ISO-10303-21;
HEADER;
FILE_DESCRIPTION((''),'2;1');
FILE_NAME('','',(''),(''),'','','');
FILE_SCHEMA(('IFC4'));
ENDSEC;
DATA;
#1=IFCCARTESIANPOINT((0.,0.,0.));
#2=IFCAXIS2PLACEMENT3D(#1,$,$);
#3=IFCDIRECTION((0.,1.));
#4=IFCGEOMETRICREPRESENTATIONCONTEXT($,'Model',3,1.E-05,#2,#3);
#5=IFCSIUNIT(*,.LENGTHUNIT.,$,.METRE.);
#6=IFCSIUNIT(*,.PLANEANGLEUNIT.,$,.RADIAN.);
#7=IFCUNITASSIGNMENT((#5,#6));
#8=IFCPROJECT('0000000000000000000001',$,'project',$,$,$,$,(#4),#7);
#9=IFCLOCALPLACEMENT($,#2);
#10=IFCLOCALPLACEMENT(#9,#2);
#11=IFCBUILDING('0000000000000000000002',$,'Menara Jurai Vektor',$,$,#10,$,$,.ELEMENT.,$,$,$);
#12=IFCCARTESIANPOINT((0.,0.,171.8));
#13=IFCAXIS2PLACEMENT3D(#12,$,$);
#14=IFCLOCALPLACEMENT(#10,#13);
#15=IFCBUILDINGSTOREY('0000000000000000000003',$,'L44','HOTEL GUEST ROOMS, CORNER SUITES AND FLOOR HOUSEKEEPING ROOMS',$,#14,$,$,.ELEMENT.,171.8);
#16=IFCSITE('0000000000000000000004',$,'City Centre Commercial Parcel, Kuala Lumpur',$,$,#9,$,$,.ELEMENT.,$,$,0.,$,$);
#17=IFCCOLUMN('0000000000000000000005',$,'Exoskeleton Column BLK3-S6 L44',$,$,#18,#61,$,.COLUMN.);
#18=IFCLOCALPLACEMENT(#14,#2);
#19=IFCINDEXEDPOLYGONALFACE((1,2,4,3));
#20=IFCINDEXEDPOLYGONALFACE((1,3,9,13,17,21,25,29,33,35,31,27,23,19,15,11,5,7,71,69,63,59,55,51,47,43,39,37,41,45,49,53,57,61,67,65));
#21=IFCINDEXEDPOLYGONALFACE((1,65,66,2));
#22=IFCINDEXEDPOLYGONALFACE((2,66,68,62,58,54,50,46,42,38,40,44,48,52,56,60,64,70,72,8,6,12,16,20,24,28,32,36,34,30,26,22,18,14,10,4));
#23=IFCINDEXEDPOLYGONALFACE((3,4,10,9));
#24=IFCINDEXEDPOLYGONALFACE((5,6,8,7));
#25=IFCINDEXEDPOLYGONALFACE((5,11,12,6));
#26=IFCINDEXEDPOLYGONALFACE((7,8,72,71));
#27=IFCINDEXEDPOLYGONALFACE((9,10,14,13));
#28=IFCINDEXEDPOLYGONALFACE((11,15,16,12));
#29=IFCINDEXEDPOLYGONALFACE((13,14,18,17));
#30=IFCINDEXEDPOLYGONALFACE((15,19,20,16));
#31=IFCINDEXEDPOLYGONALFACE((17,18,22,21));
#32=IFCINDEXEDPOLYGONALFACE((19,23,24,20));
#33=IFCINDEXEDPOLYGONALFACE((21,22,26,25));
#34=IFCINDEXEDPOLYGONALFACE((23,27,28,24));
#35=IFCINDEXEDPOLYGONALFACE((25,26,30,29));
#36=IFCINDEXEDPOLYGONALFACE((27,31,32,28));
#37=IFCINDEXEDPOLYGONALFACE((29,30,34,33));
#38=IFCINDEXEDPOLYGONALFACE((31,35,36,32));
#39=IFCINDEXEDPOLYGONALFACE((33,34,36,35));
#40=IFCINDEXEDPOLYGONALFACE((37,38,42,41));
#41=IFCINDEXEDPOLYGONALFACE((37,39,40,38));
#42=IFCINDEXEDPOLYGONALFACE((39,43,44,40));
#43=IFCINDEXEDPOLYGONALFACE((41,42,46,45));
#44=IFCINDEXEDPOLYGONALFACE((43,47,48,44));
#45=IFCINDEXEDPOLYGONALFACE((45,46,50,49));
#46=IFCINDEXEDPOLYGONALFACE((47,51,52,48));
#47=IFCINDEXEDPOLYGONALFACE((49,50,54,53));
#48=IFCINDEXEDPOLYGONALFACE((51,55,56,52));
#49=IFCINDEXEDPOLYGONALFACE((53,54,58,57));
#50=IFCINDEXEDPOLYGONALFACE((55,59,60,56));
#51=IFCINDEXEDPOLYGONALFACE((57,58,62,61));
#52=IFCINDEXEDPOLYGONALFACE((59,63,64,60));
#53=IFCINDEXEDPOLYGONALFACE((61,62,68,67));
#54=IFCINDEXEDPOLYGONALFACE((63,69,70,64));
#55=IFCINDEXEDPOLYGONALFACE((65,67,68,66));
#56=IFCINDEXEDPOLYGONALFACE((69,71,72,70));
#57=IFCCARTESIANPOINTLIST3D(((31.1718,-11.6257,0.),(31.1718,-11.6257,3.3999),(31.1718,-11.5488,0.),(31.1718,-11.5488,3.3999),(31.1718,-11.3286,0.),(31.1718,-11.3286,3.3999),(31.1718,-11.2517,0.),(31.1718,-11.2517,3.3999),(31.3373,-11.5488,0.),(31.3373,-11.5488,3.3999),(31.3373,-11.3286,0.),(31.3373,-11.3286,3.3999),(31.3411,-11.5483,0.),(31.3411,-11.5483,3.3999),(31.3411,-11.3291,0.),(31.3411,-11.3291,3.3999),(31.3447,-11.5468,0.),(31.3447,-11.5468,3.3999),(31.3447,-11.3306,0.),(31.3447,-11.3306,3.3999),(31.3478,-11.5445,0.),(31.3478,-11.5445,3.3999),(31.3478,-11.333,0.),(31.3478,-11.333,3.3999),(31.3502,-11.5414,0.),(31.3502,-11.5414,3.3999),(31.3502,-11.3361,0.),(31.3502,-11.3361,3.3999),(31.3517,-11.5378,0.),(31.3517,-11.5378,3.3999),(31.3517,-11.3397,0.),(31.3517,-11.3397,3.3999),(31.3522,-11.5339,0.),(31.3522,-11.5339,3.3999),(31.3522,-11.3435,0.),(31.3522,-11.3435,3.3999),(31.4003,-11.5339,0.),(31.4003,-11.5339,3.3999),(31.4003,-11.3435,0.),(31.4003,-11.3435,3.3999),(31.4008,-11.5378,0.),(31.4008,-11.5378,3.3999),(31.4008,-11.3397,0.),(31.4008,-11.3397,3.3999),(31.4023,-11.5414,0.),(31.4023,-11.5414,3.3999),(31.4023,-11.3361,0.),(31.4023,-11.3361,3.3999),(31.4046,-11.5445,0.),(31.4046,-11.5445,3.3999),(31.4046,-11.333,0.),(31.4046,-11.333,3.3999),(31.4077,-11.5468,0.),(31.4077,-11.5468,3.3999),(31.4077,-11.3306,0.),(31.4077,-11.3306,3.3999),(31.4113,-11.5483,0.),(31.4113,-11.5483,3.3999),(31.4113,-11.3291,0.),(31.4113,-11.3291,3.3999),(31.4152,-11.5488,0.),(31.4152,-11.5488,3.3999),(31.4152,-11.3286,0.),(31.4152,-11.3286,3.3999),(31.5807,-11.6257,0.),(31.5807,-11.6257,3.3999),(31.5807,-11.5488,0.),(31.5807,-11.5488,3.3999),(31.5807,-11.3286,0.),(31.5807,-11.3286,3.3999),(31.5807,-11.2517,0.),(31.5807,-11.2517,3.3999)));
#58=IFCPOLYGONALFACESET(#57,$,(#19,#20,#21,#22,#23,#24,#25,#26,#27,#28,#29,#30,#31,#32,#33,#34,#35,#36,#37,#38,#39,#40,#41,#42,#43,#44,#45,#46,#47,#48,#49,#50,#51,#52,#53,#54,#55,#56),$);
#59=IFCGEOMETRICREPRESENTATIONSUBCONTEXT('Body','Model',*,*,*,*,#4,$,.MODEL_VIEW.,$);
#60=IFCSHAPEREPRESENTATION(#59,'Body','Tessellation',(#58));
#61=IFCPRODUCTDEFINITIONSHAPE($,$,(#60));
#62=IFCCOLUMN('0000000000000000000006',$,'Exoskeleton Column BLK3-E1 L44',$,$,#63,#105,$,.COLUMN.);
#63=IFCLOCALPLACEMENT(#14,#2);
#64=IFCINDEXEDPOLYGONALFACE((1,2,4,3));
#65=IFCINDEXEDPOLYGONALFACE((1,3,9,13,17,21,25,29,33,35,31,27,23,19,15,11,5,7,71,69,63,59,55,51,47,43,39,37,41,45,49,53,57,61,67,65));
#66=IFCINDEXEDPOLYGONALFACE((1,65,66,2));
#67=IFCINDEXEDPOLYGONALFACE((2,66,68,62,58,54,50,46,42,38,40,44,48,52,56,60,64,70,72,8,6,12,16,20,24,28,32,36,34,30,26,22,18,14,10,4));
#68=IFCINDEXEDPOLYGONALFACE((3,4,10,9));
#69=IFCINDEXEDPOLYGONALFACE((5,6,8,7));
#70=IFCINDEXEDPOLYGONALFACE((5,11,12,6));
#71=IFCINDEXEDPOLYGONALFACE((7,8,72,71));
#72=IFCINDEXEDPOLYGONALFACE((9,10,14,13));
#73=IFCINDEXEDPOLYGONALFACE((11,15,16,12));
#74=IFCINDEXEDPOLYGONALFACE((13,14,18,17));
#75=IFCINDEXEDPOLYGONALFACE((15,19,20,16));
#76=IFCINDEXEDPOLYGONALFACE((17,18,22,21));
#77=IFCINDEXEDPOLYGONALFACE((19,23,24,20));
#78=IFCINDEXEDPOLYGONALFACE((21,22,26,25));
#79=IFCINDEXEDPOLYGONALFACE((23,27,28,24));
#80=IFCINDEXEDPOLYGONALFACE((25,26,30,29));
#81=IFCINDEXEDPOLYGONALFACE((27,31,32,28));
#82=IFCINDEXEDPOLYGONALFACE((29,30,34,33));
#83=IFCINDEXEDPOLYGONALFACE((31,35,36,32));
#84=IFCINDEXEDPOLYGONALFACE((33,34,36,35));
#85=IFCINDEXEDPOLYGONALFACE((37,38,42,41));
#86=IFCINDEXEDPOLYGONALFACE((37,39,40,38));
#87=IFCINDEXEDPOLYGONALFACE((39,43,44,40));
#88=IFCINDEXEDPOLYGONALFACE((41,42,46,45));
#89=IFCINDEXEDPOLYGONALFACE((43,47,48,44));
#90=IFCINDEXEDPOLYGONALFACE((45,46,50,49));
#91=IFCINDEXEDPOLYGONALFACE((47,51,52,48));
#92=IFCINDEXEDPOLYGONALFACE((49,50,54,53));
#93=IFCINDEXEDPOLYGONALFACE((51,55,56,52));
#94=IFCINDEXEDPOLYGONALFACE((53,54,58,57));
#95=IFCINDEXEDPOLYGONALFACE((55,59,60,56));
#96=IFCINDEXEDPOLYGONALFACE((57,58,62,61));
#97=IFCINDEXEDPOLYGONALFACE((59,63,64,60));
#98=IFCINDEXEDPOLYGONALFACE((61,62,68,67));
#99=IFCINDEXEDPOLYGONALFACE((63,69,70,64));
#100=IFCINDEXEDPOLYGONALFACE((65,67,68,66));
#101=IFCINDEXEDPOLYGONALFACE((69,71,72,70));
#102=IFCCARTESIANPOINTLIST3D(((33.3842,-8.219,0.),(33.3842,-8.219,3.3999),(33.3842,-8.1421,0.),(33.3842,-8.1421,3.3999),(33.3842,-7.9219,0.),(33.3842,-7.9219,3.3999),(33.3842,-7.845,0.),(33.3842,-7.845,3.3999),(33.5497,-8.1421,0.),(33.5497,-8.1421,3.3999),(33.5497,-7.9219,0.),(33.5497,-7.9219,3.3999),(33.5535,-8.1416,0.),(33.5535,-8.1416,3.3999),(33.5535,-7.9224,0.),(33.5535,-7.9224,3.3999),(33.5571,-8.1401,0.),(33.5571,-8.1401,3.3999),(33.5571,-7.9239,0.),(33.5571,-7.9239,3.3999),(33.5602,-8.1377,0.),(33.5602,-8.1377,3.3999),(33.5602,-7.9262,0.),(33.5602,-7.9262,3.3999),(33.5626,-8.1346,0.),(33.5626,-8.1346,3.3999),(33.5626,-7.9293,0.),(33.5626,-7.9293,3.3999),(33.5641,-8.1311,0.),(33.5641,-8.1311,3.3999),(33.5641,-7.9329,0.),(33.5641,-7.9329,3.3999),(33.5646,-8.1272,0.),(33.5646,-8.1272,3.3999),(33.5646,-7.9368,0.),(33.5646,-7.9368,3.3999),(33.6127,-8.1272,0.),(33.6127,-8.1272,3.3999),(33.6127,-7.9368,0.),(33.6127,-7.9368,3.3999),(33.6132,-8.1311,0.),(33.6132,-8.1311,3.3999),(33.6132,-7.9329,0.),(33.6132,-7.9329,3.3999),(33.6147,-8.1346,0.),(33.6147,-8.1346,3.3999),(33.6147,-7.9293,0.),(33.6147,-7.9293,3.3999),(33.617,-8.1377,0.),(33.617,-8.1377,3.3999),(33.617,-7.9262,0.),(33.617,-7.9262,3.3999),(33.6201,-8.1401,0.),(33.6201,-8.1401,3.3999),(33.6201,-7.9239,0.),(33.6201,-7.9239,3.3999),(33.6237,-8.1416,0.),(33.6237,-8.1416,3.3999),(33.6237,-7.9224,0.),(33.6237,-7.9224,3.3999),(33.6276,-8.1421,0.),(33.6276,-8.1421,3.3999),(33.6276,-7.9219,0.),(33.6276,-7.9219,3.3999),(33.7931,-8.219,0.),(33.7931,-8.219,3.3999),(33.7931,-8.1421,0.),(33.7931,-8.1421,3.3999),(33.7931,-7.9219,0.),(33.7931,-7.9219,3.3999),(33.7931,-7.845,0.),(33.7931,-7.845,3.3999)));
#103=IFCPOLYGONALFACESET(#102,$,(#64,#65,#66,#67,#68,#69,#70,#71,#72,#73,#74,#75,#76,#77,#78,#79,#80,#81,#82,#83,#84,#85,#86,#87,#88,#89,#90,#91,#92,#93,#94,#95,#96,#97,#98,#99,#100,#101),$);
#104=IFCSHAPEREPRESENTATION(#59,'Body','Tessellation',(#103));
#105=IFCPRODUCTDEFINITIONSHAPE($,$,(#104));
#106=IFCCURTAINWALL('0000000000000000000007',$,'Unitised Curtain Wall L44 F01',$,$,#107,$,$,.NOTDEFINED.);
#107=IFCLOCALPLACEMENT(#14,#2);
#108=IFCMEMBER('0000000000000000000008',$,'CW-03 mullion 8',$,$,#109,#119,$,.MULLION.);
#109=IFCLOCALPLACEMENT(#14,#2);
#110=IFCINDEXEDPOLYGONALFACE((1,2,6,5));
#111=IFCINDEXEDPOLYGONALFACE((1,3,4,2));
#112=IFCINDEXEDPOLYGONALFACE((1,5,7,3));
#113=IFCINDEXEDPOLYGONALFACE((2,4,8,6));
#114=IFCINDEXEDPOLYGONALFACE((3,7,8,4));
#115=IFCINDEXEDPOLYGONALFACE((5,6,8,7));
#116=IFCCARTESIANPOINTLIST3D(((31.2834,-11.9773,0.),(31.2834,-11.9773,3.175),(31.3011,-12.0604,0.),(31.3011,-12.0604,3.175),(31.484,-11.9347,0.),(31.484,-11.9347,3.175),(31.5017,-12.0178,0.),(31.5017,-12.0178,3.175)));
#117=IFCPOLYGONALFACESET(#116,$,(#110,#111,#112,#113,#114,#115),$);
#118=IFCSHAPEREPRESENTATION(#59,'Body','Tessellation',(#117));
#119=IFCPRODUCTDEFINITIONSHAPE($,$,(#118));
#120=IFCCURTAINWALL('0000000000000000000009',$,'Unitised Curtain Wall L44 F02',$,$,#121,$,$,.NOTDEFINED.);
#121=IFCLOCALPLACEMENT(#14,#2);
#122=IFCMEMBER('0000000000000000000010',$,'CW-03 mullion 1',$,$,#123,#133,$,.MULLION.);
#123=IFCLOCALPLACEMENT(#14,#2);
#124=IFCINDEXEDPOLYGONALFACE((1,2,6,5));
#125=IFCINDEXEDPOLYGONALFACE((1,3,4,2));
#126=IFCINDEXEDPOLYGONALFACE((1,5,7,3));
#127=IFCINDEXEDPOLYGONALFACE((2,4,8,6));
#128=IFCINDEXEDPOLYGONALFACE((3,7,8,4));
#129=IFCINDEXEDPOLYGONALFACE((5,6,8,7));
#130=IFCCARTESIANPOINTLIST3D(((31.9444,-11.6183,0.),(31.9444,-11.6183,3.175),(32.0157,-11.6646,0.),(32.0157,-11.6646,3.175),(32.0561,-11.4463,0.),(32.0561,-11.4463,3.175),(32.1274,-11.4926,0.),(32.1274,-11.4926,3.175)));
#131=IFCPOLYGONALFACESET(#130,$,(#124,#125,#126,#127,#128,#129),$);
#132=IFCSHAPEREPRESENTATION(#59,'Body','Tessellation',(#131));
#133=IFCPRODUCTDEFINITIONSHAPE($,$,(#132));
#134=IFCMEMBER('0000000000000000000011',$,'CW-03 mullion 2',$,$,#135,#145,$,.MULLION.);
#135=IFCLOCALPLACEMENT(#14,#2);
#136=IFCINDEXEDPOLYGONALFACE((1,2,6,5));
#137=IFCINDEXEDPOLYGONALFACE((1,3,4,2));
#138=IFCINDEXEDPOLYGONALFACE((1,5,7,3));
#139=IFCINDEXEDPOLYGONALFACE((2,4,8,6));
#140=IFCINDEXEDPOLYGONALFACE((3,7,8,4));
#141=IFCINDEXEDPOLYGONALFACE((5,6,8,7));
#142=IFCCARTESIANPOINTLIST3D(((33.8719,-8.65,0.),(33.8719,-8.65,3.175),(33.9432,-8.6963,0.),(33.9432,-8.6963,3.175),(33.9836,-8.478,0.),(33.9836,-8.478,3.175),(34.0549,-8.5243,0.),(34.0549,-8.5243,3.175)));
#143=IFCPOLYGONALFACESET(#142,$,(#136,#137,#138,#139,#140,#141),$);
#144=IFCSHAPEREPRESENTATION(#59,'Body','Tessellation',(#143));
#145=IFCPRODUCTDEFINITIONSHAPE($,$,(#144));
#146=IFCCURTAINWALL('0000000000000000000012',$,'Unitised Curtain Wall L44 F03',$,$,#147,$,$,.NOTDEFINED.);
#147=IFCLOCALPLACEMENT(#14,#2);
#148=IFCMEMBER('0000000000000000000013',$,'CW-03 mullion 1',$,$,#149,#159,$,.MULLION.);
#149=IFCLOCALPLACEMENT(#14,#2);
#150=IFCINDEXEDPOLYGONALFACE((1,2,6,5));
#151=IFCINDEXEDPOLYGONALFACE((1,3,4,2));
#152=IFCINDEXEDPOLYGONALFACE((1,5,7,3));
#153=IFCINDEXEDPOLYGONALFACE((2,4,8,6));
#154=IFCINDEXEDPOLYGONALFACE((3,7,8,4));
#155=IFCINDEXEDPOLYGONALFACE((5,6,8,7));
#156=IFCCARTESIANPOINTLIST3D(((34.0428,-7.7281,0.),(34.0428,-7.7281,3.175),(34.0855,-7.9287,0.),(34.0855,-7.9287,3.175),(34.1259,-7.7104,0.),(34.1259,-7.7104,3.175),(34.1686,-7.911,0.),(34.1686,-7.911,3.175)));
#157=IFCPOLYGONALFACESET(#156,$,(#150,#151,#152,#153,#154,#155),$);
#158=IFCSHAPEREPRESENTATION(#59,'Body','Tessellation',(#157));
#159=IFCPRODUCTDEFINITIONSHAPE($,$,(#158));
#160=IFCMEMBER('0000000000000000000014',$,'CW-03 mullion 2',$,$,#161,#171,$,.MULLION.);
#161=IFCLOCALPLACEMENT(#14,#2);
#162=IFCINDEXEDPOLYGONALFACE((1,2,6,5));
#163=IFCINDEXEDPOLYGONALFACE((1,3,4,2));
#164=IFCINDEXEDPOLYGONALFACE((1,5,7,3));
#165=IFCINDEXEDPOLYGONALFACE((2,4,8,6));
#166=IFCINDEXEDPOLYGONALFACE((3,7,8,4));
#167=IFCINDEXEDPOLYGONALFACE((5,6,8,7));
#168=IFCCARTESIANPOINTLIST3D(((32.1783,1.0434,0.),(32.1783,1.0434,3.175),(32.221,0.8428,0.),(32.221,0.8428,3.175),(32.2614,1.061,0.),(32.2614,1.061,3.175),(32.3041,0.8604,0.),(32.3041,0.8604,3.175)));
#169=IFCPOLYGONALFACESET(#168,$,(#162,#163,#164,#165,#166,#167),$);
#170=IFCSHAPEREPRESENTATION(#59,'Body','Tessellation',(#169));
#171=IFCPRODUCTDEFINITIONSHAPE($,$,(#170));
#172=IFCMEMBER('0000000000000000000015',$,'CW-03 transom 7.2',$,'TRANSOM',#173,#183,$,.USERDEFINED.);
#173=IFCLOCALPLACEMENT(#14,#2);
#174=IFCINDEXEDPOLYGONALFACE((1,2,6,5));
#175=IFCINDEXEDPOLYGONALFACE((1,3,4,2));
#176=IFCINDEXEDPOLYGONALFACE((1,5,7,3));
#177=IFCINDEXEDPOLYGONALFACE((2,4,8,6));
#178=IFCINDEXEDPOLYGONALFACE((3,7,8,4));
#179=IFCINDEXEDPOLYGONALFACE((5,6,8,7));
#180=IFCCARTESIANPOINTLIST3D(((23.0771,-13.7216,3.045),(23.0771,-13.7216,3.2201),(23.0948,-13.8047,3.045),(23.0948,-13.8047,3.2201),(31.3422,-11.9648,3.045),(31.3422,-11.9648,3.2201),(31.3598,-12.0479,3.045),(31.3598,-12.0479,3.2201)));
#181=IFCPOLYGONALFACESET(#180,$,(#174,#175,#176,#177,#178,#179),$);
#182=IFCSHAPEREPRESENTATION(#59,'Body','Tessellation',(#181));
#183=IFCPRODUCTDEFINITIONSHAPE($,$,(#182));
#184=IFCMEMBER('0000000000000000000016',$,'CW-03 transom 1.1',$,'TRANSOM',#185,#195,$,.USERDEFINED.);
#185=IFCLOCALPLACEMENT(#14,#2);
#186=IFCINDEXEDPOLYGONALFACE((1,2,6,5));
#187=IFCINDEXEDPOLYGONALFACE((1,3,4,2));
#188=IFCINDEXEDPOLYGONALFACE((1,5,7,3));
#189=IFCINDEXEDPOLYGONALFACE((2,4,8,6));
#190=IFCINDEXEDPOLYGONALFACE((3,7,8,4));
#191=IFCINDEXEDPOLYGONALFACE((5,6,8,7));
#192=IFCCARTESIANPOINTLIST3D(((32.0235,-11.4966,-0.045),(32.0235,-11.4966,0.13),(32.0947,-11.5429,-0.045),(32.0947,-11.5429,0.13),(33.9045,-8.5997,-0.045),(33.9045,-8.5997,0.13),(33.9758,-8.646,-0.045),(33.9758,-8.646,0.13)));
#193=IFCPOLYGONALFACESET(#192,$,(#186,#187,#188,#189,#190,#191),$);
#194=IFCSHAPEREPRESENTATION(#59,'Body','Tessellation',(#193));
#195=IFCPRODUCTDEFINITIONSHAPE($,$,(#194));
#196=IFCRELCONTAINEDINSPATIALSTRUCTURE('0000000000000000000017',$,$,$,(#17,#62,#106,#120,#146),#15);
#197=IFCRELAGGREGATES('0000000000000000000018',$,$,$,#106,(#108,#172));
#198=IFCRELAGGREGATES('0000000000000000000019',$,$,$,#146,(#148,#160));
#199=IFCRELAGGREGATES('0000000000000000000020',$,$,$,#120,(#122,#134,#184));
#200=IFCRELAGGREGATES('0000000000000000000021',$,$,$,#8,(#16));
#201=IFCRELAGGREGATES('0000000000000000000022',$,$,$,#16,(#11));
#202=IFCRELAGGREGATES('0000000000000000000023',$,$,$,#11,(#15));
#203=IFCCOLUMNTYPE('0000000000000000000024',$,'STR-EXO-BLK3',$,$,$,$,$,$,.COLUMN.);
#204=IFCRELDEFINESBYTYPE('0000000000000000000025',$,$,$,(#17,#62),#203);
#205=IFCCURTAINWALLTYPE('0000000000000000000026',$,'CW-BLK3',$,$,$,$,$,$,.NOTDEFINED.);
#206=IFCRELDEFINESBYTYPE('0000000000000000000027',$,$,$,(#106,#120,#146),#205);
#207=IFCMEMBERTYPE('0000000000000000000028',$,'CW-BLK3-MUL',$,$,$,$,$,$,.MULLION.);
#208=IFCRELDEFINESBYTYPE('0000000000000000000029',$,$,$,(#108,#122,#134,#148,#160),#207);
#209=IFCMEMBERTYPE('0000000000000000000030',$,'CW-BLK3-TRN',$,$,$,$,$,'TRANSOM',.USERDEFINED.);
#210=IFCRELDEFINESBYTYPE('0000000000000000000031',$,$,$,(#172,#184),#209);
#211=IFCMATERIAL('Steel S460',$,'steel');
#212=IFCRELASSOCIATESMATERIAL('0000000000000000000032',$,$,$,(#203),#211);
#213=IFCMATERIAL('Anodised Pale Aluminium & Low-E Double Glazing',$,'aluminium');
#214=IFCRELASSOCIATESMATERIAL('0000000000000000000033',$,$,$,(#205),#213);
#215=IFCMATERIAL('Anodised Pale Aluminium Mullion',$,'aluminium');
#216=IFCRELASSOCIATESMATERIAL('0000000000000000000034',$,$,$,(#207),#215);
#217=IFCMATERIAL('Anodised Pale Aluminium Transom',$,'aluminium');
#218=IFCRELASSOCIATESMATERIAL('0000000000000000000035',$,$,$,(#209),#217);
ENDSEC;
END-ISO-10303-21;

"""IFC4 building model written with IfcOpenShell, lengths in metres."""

from ifc_helpers import new_model, si_unit, direction, frame, origin, origin_2d, place, context, subcontext, project, spatial, rectangle, i_section, extrude, material, material_profile, profile_set, type_object, element, aggregate, save


model = new_model("IFC4")

# Units and contexts
model_context = context("Model", 3, precision=1e-05, world=origin(), true_north=direction((0.0, 1.0)))
body_context = subcontext(model_context, "Body", "Model", "MODEL_VIEW")
ifc_project = project(units=[si_unit("LENGTHUNIT", "METRE"), si_unit("PLANEANGLEUNIT", "RADIAN")], contexts=[model_context])

# Site, building, storey
site_placement = place(None, origin())
site = spatial("IfcSite", under=ifc_project, at=site_placement, Name="City Centre Commercial Parcel, Kuala Lumpur", CompositionType="ELEMENT", RefElevation=0.0)
building_placement = place(site_placement, origin())
building = spatial("IfcBuilding", under=site, at=building_placement, Name="Menara Jurai Vektor", CompositionType="ELEMENT")
storey_placement = place(building_placement, frame((0.0, 0.0, 171.8)))
storey = spatial("IfcBuildingStorey", under=building, at=storey_placement, Name="L44", Description="HOTEL GUEST ROOMS, CORNER SUITES AND FLOOR HOUSEKEEPING ROOMS", CompositionType="ELEMENT", Elevation=171.8)

# Columns
ifc_material_1 = material(Name="Steel S460", Category="steel")
ifc_material_profile_1 = material_profile(ifc_material_1, i_section(OverallWidth=0.4089, OverallDepth=0.374, WebThickness=0.0481, FlangeThickness=0.0769, FilletRadius=0.0149, at=origin_2d()), Name="HD 400x634")
ifc_profile_set_1 = profile_set([ifc_material_profile_1], Name="Steel S460")
column_type = type_object("IfcColumnType", Name="STR-EXO-BLK3", PredefinedType="COLUMN", material=ifc_profile_set_1)
for number, where, z_axis, x_axis, name in (
    (1, (31.3762, -11.4387, 0.0), (0.0, 0.0, 1.0), (1.0, 0.0, 0.0), "Exoskeleton Column BLK3-S6 L44"),
    (2, (33.5886, -8.032, 0.0), (0.0, 0.0, 1.0), (1.0, 0.0, 0.0), "Exoskeleton Column BLK3-E1 L44"),
):
    element("IfcColumn", number, at=place(storey_placement, frame(where, z_axis=z_axis, x_axis=x_axis)), inside=storey, type_object=column_type, Name=name, PredefinedType="COLUMN", context=body_context, shape_type="SweptSolid", body=[
        extrude(i_section(OverallWidth=0.4089, OverallDepth=0.374, WebThickness=0.0481, FlangeThickness=0.0769, FilletRadius=0.0149, at=origin_2d()), origin(), (0.0, 0.0, 1.0), 3.3999),
    ])

# Curtain wall, member
ifc_material_2 = material(Name="Anodised Pale Aluminium & Low-E Double Glazing", Category="aluminium")
curtain_wall_type = type_object("IfcCurtainWallType", Name="CW-BLK3", PredefinedType="NOTDEFINED", material=ifc_material_2)
curtain_wall_1_placement = place(storey_placement, origin())
curtain_wall_1 = element("IfcCurtainWall", 3, at=curtain_wall_1_placement, inside=storey, type_object=curtain_wall_type, Name="Unitised Curtain Wall L44 F01", PredefinedType="NOTDEFINED")
ifc_material_3 = material(Name="Anodised Pale Aluminium Mullion", Category="aluminium")
ifc_material_profile_2 = material_profile(ifc_material_3, rectangle(XDim=0.085, YDim=0.2051, at=origin_2d()), Name="ALU MUL 85x205")
ifc_profile_set_2 = profile_set([ifc_material_profile_2], Name="Anodised Pale Aluminium Mullion")
member_type_1 = type_object("IfcMemberType", Name="CW-BLK3-MUL", PredefinedType="MULLION", material=ifc_profile_set_2)
member_1_placement = place(storey_placement, frame((31.3926, -11.9976, 0.0), z_axis=(0.0, 0.0, 1.0), x_axis=(-0.207911, 0.978148, 0.0)))
member_1 = element("IfcMember", 4, at=member_1_placement, type_object=member_type_1, Name="CW-03 mullion 8", PredefinedType="MULLION", context=body_context, shape_type="SweptSolid", body=[
    extrude(rectangle(XDim=0.085, YDim=0.2051, at=origin_2d()), origin(), (0.0, 0.0, 1.0), 3.175),
])

# Curtain walls, members
curtain_wall_2_placement = place(storey_placement, origin())
curtain_wall_2 = element("IfcCurtainWall", 5, at=curtain_wall_2_placement, inside=storey, type_object=curtain_wall_type, Name="Unitised Curtain Wall L44 F02", PredefinedType="NOTDEFINED")
member_2_placement = place(storey_placement, frame((32.0359, -11.5554, 0.0), z_axis=(0.0, 0.0, 1.0), x_axis=(-0.838684, 0.544618, 0.0)))
member_2 = element("IfcMember", 6, at=member_2_placement, type_object=member_type_1, Name="CW-03 mullion 1", PredefinedType="MULLION", context=body_context, shape_type="SweptSolid", body=[
    extrude(rectangle(XDim=0.085, YDim=0.2051, at=origin_2d()), origin(), (0.0, 0.0, 1.0), 3.175),
])
member_3_placement = place(storey_placement, frame((33.9634, -8.5872, 0.0), z_axis=(0.0, 0.0, 1.0), x_axis=(-0.838684, 0.544618, 0.0)))
member_3 = element("IfcMember", 7, at=member_3_placement, type_object=member_type_1, Name="CW-03 mullion 2", PredefinedType="MULLION", context=body_context, shape_type="SweptSolid", body=[
    extrude(rectangle(XDim=0.085, YDim=0.2051, at=origin_2d()), origin(), (0.0, 0.0, 1.0), 3.175),
])
curtain_wall_3_placement = place(storey_placement, origin())
curtain_wall_3 = element("IfcCurtainWall", 8, at=curtain_wall_3_placement, inside=storey, type_object=curtain_wall_type, Name="Unitised Curtain Wall L44 F03", PredefinedType="NOTDEFINED")
member_4_placement = place(storey_placement, frame((34.1057, -7.8196, 0.0), z_axis=(0.0, 0.0, 1.0), x_axis=(-0.978148, -0.20791, 0.0)))
member_4 = element("IfcMember", 9, at=member_4_placement, type_object=member_type_1, Name="CW-03 mullion 1", PredefinedType="MULLION", context=body_context, shape_type="SweptSolid", body=[
    extrude(rectangle(XDim=0.085, YDim=0.2051, at=origin_2d()), origin(), (0.0, 0.0, 1.0), 3.175),
])
member_5_placement = place(storey_placement, frame((32.2412, 0.9519, 0.0), z_axis=(0.0, 0.0, 1.0), x_axis=(-0.978148, -0.20791, 0.0)))
member_5 = element("IfcMember", 10, at=member_5_placement, type_object=member_type_1, Name="CW-03 mullion 2", PredefinedType="MULLION", context=body_context, shape_type="SweptSolid", body=[
    extrude(rectangle(XDim=0.085, YDim=0.2051, at=origin_2d()), origin(), (0.0, 0.0, 1.0), 3.175),
])

# Members
ifc_material_4 = material(Name="Anodised Pale Aluminium Transom", Category="aluminium")
ifc_material_profile_3 = material_profile(ifc_material_4, rectangle(XDim=0.085, YDim=0.175, at=origin_2d()), Name="ALU TRN 85x175")
ifc_profile_set_3 = profile_set([ifc_material_profile_3], Name="Anodised Pale Aluminium Transom")
member_type_2 = type_object("IfcMemberType", Name="CW-BLK3-TRN", ElementType="TRANSOM", PredefinedType="USERDEFINED", material=ifc_profile_set_3)
member_6_placement = place(storey_placement, frame((23.0859, -13.7632, 3.1326), z_axis=(0.978147, 0.207915, 0.0), x_axis=(-0.207915, 0.978147, 0.0)))
member_6 = element("IfcMember", 11, at=member_6_placement, type_object=member_type_2, Name="CW-03 transom 7.2", ObjectType="TRANSOM", PredefinedType="USERDEFINED", context=body_context, shape_type="SweptSolid", body=[
    extrude(rectangle(XDim=0.085, YDim=0.175, at=origin_2d()), origin(), (0.0, 0.0, 1.0), 8.4497),
])
member_7_placement = place(storey_placement, frame((32.0591, -11.5198, 0.0425), z_axis=(0.544596, 0.838699, 0.0), x_axis=(-0.838699, 0.544596, 0.0)))
member_7 = element("IfcMember", 12, at=member_7_placement, type_object=member_type_2, Name="CW-03 transom 1.1", ObjectType="TRANSOM", PredefinedType="USERDEFINED", context=body_context, shape_type="SweptSolid", body=[
    extrude(rectangle(XDim=0.085, YDim=0.175, at=origin_2d()), origin(), (0.0, 0.0, 1.0), 3.4541),
])

aggregate(curtain_wall_1, [member_1, member_6])
aggregate(curtain_wall_3, [member_4, member_5])
aggregate(curtain_wall_2, [member_2, member_3, member_7])

save(model, "model.ifc")
